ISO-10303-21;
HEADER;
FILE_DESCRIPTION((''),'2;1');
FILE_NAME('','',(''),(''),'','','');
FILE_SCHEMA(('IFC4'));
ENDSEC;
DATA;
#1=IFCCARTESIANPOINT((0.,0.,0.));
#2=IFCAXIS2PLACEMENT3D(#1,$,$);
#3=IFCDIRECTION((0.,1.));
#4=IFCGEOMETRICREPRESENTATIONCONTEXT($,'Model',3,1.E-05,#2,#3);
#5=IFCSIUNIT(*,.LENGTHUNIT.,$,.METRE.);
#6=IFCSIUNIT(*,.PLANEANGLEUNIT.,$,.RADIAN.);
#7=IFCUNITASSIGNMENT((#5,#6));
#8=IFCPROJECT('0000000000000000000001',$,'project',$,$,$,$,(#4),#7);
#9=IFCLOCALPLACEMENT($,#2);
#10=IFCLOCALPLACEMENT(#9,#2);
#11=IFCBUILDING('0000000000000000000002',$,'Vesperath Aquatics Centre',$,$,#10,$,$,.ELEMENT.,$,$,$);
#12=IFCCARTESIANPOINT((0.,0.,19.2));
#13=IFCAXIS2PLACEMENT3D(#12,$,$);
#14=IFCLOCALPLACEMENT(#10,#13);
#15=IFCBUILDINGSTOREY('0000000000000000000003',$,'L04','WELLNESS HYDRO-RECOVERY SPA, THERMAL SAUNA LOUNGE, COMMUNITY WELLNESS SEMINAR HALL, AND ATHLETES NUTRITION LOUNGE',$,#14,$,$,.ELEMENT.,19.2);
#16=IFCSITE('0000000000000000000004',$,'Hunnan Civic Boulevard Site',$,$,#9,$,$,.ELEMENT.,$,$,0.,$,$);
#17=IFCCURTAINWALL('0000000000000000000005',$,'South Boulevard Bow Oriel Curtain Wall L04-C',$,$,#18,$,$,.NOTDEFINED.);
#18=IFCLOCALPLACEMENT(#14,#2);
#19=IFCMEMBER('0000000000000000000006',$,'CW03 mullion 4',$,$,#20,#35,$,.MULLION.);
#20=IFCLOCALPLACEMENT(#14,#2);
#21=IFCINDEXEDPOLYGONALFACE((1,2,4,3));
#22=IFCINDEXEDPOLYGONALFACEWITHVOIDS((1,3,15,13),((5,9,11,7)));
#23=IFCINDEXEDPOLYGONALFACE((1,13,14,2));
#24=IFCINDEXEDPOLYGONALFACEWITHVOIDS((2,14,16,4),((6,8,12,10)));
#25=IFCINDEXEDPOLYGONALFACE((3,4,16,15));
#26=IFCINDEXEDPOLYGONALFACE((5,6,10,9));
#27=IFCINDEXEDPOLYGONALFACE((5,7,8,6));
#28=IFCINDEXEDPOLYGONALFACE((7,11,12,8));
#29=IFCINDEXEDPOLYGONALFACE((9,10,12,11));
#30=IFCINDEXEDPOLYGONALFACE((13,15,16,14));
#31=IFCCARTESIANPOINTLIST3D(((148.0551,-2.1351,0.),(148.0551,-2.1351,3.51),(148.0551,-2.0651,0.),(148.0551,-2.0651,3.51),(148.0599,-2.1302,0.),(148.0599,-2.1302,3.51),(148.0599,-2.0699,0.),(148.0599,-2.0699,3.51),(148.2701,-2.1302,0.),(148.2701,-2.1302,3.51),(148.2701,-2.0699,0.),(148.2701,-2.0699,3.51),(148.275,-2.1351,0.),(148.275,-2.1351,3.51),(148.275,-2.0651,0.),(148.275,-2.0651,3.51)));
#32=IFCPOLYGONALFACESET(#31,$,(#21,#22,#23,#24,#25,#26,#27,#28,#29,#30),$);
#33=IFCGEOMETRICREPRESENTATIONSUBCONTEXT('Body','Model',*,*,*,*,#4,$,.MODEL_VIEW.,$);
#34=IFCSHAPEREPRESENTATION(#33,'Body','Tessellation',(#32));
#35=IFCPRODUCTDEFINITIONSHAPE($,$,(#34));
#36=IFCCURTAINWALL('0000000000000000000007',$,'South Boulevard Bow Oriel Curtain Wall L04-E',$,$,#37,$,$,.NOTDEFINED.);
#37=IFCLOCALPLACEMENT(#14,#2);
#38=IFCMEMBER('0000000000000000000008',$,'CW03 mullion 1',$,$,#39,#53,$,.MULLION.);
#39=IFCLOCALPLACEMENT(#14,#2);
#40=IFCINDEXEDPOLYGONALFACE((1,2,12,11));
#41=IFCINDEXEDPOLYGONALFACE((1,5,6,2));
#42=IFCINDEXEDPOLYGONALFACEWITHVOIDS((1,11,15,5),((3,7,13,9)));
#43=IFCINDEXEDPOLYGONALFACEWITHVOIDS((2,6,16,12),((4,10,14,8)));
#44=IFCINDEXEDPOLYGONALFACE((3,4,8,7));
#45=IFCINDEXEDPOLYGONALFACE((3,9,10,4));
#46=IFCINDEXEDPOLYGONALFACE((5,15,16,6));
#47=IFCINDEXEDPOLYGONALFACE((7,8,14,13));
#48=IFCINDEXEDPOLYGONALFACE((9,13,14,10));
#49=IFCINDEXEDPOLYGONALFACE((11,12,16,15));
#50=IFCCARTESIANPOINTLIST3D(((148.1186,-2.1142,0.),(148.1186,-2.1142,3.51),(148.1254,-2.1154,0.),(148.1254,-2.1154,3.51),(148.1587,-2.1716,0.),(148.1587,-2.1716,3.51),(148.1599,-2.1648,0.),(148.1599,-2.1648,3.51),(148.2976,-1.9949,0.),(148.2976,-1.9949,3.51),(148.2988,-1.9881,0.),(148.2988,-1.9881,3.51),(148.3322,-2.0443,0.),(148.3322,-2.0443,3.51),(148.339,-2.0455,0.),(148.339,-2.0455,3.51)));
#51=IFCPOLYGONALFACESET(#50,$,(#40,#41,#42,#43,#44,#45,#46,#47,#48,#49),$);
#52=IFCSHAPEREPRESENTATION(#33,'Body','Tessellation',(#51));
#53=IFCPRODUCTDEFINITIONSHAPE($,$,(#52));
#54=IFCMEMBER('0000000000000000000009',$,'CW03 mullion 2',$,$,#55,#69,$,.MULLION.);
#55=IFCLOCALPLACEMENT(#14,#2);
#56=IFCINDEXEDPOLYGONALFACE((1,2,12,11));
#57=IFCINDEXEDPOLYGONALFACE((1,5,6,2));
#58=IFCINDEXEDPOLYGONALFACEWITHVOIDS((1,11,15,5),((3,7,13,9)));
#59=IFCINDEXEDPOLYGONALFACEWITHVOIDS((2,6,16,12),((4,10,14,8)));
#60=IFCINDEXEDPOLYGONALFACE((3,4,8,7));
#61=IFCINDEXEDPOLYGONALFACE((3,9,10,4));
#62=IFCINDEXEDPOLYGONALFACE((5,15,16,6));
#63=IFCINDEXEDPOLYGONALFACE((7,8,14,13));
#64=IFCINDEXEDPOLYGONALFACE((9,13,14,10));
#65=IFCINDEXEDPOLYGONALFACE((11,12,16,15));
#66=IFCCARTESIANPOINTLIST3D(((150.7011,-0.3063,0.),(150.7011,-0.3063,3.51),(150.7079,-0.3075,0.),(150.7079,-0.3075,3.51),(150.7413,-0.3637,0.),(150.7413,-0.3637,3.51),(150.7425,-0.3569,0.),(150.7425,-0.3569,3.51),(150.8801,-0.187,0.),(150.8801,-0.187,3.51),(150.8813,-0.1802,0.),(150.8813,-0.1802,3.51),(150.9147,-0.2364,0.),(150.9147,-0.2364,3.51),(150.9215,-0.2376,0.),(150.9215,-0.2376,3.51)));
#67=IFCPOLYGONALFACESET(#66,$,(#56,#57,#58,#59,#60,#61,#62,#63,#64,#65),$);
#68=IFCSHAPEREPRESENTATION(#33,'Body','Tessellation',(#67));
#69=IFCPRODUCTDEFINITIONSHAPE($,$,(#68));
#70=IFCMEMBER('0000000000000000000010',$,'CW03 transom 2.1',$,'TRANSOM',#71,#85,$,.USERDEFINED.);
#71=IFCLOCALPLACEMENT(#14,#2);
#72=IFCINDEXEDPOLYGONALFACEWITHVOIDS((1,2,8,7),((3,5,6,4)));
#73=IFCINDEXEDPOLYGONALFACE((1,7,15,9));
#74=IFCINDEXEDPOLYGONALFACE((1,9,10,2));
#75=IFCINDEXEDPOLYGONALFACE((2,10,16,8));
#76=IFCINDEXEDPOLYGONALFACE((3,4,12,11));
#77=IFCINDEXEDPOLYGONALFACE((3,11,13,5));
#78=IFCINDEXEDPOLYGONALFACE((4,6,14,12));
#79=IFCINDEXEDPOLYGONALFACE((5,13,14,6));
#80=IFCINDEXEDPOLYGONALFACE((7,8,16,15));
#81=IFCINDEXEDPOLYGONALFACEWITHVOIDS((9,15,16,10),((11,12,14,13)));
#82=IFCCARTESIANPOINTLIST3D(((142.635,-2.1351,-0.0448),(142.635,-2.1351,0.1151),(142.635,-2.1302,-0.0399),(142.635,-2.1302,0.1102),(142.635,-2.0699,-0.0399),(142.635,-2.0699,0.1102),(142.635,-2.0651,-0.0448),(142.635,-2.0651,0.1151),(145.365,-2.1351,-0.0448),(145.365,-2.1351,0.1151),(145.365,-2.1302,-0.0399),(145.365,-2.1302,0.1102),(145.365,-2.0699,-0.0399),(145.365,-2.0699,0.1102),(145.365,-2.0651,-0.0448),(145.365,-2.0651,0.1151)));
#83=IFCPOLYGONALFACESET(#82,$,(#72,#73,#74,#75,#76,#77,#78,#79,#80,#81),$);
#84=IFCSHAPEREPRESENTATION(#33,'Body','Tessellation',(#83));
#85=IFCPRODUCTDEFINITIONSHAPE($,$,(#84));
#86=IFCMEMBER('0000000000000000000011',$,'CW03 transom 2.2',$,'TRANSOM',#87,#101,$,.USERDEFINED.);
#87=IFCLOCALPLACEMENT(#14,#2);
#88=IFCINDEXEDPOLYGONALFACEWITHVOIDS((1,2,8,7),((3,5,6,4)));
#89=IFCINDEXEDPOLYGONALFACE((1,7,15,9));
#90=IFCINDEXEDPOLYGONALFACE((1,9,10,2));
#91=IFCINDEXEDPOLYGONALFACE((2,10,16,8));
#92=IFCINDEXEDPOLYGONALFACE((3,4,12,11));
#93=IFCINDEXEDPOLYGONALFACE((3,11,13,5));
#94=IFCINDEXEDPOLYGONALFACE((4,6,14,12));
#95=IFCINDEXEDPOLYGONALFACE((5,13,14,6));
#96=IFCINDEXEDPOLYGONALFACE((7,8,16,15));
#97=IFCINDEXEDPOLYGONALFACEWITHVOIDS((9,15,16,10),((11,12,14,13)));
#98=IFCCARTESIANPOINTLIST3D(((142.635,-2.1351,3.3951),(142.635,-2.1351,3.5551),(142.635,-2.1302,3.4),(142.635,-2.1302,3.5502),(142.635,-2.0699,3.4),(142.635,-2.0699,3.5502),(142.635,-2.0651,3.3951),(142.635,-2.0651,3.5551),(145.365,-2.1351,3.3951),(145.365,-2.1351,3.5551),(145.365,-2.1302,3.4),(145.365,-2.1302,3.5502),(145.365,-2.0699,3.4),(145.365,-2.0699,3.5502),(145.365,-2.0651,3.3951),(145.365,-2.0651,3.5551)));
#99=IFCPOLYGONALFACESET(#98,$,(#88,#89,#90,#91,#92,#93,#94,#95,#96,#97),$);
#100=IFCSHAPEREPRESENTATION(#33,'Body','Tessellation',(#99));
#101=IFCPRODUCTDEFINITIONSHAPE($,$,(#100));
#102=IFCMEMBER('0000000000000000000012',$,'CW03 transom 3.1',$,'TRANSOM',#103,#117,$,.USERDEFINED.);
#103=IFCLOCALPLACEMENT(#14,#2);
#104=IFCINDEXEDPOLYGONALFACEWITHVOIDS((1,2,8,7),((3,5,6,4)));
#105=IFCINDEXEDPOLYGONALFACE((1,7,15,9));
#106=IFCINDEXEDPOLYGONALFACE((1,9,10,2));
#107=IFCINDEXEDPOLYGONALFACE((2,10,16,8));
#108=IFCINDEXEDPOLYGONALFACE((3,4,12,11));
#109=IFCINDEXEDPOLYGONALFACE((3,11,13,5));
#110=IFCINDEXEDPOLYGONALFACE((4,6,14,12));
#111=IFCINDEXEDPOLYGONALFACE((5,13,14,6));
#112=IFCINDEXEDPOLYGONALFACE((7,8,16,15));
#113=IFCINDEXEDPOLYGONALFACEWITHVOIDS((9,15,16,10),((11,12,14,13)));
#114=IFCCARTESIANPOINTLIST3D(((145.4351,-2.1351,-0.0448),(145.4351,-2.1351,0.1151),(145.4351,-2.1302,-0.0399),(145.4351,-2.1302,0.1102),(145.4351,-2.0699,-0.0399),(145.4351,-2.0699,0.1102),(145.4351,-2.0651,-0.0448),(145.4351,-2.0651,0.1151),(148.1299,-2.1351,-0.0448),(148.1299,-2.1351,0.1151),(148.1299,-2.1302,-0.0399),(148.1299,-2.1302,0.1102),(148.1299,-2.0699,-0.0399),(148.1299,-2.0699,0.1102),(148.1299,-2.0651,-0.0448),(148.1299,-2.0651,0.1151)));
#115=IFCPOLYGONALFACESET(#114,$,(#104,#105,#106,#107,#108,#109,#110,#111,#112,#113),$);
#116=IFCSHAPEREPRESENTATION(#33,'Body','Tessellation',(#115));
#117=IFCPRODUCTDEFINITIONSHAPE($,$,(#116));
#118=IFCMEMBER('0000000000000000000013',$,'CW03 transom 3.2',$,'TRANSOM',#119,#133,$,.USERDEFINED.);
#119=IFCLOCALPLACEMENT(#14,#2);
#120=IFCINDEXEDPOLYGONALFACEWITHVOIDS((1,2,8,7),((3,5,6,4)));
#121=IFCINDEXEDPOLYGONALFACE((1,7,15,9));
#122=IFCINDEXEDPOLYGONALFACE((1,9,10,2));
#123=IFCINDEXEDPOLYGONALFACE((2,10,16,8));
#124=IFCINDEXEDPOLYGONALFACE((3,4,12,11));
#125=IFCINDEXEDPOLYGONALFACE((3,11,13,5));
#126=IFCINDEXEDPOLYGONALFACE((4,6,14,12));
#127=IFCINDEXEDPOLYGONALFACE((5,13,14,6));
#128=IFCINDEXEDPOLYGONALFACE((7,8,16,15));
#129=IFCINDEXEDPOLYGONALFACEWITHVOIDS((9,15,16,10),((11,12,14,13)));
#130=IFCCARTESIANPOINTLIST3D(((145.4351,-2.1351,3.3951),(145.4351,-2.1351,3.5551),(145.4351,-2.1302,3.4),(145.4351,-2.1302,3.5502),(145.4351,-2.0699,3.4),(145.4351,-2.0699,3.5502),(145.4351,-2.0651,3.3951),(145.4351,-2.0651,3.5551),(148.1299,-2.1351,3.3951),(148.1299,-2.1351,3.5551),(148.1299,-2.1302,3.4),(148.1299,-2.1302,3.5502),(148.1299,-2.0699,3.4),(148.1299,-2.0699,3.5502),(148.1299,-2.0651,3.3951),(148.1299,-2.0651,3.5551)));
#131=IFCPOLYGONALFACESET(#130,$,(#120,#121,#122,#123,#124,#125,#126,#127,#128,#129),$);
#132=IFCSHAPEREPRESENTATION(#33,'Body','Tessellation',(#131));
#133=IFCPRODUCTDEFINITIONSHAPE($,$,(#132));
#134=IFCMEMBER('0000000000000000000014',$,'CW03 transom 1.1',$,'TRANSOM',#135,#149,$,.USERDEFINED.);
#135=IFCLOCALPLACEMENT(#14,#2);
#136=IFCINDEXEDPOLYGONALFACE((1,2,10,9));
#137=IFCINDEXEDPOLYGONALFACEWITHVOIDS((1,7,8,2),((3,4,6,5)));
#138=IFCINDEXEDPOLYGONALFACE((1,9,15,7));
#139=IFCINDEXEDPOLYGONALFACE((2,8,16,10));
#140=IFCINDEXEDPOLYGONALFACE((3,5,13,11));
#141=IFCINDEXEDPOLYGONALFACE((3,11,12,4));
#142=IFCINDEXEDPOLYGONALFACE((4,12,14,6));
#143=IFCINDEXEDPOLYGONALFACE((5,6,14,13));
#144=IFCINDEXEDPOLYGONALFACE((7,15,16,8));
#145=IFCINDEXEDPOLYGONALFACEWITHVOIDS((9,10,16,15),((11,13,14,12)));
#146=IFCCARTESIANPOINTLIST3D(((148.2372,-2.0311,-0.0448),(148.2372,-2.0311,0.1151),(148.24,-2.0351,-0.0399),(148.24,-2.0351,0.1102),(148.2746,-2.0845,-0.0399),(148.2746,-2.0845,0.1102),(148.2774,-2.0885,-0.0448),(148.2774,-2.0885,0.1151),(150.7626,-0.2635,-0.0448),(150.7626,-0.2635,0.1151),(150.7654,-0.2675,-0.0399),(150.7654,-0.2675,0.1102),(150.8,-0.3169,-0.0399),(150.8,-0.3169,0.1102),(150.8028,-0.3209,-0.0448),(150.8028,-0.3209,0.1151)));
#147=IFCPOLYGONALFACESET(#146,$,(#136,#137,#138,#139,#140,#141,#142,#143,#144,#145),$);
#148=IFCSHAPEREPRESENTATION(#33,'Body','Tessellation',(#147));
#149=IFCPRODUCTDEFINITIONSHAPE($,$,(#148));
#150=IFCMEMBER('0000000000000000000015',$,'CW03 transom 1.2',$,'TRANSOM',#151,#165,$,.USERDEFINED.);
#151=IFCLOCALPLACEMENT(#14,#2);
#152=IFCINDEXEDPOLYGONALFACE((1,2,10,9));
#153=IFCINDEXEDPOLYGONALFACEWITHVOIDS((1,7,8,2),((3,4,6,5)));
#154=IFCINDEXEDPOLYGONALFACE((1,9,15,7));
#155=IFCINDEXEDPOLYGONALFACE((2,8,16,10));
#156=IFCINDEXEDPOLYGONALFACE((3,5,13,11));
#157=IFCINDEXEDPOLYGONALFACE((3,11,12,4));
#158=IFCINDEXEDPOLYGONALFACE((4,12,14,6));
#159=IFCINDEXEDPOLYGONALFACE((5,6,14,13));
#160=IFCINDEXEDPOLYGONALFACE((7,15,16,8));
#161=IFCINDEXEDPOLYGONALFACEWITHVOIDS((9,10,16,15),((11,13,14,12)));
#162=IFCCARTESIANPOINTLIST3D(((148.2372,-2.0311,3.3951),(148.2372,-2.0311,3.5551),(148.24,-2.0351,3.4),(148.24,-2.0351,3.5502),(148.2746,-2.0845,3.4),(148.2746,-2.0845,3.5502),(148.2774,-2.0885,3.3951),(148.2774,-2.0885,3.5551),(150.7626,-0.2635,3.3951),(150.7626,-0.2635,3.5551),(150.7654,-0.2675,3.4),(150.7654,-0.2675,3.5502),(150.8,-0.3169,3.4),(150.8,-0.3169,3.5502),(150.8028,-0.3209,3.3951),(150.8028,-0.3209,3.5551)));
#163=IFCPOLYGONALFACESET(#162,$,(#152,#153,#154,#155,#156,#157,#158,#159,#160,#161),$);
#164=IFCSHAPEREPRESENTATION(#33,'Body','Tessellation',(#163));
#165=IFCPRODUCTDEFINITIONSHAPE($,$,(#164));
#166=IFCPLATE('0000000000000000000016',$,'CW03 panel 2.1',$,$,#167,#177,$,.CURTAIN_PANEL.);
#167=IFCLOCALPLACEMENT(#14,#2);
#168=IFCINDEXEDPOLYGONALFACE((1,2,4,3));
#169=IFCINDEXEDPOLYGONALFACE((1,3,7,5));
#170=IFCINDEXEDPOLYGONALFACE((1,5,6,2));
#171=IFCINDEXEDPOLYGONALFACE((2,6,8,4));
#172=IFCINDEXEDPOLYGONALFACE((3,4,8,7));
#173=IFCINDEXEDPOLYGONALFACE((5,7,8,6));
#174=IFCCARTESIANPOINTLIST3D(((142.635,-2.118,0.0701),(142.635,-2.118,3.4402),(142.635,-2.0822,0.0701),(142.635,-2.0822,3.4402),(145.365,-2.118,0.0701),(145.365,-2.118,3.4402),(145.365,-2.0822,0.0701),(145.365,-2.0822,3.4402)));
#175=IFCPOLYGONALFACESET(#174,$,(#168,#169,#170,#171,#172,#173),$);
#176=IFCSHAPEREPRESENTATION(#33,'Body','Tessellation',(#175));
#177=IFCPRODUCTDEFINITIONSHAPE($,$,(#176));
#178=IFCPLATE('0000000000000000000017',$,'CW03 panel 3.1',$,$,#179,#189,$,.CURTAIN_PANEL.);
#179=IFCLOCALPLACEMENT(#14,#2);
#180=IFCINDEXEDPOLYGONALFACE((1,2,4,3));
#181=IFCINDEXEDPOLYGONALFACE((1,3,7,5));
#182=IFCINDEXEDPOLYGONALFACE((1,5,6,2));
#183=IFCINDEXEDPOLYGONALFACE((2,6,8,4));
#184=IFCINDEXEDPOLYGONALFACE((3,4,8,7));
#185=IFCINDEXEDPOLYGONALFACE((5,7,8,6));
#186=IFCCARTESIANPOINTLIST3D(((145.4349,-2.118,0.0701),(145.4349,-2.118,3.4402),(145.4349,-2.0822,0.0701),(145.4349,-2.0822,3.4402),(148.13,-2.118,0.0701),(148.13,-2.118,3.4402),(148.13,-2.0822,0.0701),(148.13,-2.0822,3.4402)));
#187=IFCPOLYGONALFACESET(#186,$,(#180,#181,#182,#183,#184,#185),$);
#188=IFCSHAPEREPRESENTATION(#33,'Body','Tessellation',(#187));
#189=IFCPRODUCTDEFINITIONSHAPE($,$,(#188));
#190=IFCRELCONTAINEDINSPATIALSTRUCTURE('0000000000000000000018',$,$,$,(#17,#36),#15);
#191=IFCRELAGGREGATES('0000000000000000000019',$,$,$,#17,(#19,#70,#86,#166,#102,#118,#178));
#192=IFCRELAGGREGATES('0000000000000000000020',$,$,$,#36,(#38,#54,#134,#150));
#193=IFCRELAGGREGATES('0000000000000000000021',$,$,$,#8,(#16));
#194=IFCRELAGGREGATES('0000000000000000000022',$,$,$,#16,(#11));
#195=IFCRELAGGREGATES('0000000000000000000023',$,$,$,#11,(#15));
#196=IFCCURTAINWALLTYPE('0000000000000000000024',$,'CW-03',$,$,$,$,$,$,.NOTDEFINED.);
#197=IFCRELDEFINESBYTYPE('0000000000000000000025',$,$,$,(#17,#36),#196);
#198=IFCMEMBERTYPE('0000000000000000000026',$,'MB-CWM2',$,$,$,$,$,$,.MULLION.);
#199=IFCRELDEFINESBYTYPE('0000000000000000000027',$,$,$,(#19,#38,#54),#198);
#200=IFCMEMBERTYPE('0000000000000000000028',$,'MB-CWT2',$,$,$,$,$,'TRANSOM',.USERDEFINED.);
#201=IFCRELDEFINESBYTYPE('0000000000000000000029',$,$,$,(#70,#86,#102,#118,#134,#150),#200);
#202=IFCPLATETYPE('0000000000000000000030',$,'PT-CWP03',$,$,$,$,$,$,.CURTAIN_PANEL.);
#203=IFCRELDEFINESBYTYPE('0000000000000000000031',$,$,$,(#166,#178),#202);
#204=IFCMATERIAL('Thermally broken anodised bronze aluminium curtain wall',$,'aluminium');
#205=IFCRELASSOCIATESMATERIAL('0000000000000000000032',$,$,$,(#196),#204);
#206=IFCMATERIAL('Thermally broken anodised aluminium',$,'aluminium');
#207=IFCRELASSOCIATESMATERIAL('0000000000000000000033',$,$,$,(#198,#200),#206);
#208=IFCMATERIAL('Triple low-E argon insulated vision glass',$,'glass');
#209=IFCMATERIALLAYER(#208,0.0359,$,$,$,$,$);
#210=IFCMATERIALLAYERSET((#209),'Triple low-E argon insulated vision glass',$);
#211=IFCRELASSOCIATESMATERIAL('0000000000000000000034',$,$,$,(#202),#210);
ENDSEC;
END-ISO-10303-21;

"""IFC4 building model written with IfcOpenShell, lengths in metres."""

from ifc_helpers import new_model, si_unit, direction, frame, origin, origin_2d, place, context, subcontext, project, spatial, rectangle, hollow_rectangle, extrude, material, layer, layer_set, material_profile, profile_set, type_object, element, aggregate, save


model = new_model("IFC4")

# Units and contexts
model_context = context("Model", 3, precision=1e-05, world=origin(), true_north=direction((0.0, 1.0)))
body_context = subcontext(model_context, "Body", "Model", "MODEL_VIEW")
ifc_project = project(units=[si_unit("LENGTHUNIT", "METRE"), si_unit("PLANEANGLEUNIT", "RADIAN")], contexts=[model_context])

# Site, building, storey
site_placement = place(None, origin())
site = spatial("IfcSite", under=ifc_project, at=site_placement, Name="Hunnan Civic Boulevard Site", CompositionType="ELEMENT", RefElevation=0.0)
building_placement = place(site_placement, origin())
building = spatial("IfcBuilding", under=site, at=building_placement, Name="Vesperath Aquatics Centre", CompositionType="ELEMENT")
storey_placement = place(building_placement, frame((0.0, 0.0, 19.2)))
storey = spatial("IfcBuildingStorey", under=building, at=storey_placement, Name="L04", Description="WELLNESS HYDRO-RECOVERY SPA, THERMAL SAUNA LOUNGE, COMMUNITY WELLNESS SEMINAR HALL, AND ATHLETES NUTRITION LOUNGE", CompositionType="ELEMENT", Elevation=19.2)

# Curtain walls, members
ifc_material_1 = material(Name="Thermally broken anodised bronze aluminium curtain wall", Category="aluminium")
curtain_wall_type = type_object("IfcCurtainWallType", Name="CW-03", PredefinedType="NOTDEFINED", material=ifc_material_1)
curtain_wall_1_placement = place(storey_placement, origin())
curtain_wall_1 = element("IfcCurtainWall", 1, at=curtain_wall_1_placement, inside=storey, type_object=curtain_wall_type, Name="South Boulevard Bow Oriel Curtain Wall L04-C", PredefinedType="NOTDEFINED")
ifc_material_2 = material(Name="Thermally broken anodised aluminium", Category="aluminium")
ifc_material_profile_1 = material_profile(ifc_material_2, hollow_rectangle(XDim=0.0701, YDim=0.22, WallThickness=0.0049, at=origin_2d()), Name="CWM 70x220x5")
ifc_profile_set_1 = profile_set([ifc_material_profile_1], Name="Thermally broken anodised aluminium")
member_type_1 = type_object("IfcMemberType", Name="MB-CWM2", PredefinedType="MULLION", material=ifc_profile_set_1)
member_1_placement = place(storey_placement, frame((148.165, -2.1001, 0.0), z_axis=(0.0, 0.0, 1.0), x_axis=(0.0, 1.0, 0.0)))
member_1 = element("IfcMember", 2, at=member_1_placement, type_object=member_type_1, Name="CW03 mullion 4", PredefinedType="MULLION", context=body_context, shape_type="SweptSolid", body=[
    extrude(hollow_rectangle(XDim=0.0701, YDim=0.22, WallThickness=0.0049, at=origin_2d()), origin(), (0.0, 0.0, 1.0), 3.51),
])
curtain_wall_2_placement = place(storey_placement, origin())
curtain_wall_2 = element("IfcCurtainWall", 3, at=curtain_wall_2_placement, inside=storey, type_object=curtain_wall_type, Name="South Boulevard Bow Oriel Curtain Wall L04-E", PredefinedType="NOTDEFINED")
member_2_placement = place(storey_placement, frame((148.2288, -2.0798, 0.0), z_axis=(0.0, 0.0, 1.0), x_axis=(-0.573462, 0.819232, 0.0)))
member_2 = element("IfcMember", 4, at=member_2_placement, type_object=member_type_1, Name="CW03 mullion 1", PredefinedType="MULLION", context=body_context, shape_type="SweptSolid", body=[
    extrude(hollow_rectangle(XDim=0.0701, YDim=0.22, WallThickness=0.0049, at=origin_2d()), origin(), (0.0, 0.0, 1.0), 3.51),
])
member_3_placement = place(storey_placement, frame((150.8113, -0.272, 0.0), z_axis=(0.0, 0.0, 1.0), x_axis=(-0.573462, 0.819232, 0.0)))
member_3 = element("IfcMember", 5, at=member_3_placement, type_object=member_type_1, Name="CW03 mullion 2", PredefinedType="MULLION", context=body_context, shape_type="SweptSolid", body=[
    extrude(hollow_rectangle(XDim=0.0701, YDim=0.22, WallThickness=0.0049, at=origin_2d()), origin(), (0.0, 0.0, 1.0), 3.51),
])

# Members
ifc_material_profile_2 = material_profile(ifc_material_2, hollow_rectangle(XDim=0.0701, YDim=0.1599, WallThickness=0.0049, at=origin_2d()), Name="CWT 70x160x5")
ifc_profile_set_2 = profile_set([ifc_material_profile_2], Name="Thermally broken anodised aluminium")
member_type_2 = type_object("IfcMemberType", Name="MB-CWT2", ElementType="TRANSOM", PredefinedType="USERDEFINED", material=ifc_profile_set_2)
member_4_placement = place(storey_placement, frame((142.635, -2.1001, 0.0352), z_axis=(1.0, 0.0, 0.0), x_axis=(0.0, 1.0, 0.0)))
member_4 = element("IfcMember", 6, at=member_4_placement, type_object=member_type_2, Name="CW03 transom 2.1", ObjectType="TRANSOM", PredefinedType="USERDEFINED", context=body_context, shape_type="SweptSolid", body=[
    extrude(hollow_rectangle(XDim=0.0701, YDim=0.1599, WallThickness=0.0049, at=origin_2d()), origin(), (0.0, 0.0, 1.0), 2.73),
])
member_5_placement = place(storey_placement, frame((142.635, -2.1001, 3.4751), z_axis=(1.0, 0.0, 0.0), x_axis=(0.0, 1.0, 0.0)))
member_5 = element("IfcMember", 7, at=member_5_placement, type_object=member_type_2, Name="CW03 transom 2.2", ObjectType="TRANSOM", PredefinedType="USERDEFINED", context=body_context, shape_type="SweptSolid", body=[
    extrude(hollow_rectangle(XDim=0.0701, YDim=0.1599, WallThickness=0.0049, at=origin_2d()), origin(), (0.0, 0.0, 1.0), 2.73),
])
member_6_placement = place(storey_placement, frame((145.4351, -2.1001, 0.0352), z_axis=(1.0, 0.0, 0.0), x_axis=(0.0, 1.0, 0.0)))
member_6 = element("IfcMember", 8, at=member_6_placement, type_object=member_type_2, Name="CW03 transom 3.1", ObjectType="TRANSOM", PredefinedType="USERDEFINED", context=body_context, shape_type="SweptSolid", body=[
    extrude(hollow_rectangle(XDim=0.0701, YDim=0.1599, WallThickness=0.0049, at=origin_2d()), origin(), (0.0, 0.0, 1.0), 2.6948),
])
member_7_placement = place(storey_placement, frame((145.4351, -2.1001, 3.4751), z_axis=(1.0, 0.0, 0.0), x_axis=(0.0, 1.0, 0.0)))
member_7 = element("IfcMember", 9, at=member_7_placement, type_object=member_type_2, Name="CW03 transom 3.2", ObjectType="TRANSOM", PredefinedType="USERDEFINED", context=body_context, shape_type="SweptSolid", body=[
    extrude(hollow_rectangle(XDim=0.0701, YDim=0.1599, WallThickness=0.0049, at=origin_2d()), origin(), (0.0, 0.0, 1.0), 2.6948),
])
member_8_placement = place(storey_placement, frame((148.2573, -2.0598, 0.0352), z_axis=(0.819262, 0.57342, 0.0), x_axis=(-0.57342, 0.819262, 0.0)))
member_8 = element("IfcMember", 10, at=member_8_placement, type_object=member_type_2, Name="CW03 transom 1.1", ObjectType="TRANSOM", PredefinedType="USERDEFINED", context=body_context, shape_type="SweptSolid", body=[
    extrude(hollow_rectangle(XDim=0.0701, YDim=0.1599, WallThickness=0.0049, at=origin_2d()), origin(), (0.0, 0.0, 1.0), 3.0825),
])
member_9_placement = place(storey_placement, frame((148.2573, -2.0598, 3.4751), z_axis=(0.819262, 0.57342, 0.0), x_axis=(-0.57342, 0.819262, 0.0)))
member_9 = element("IfcMember", 11, at=member_9_placement, type_object=member_type_2, Name="CW03 transom 1.2", ObjectType="TRANSOM", PredefinedType="USERDEFINED", context=body_context, shape_type="SweptSolid", body=[
    extrude(hollow_rectangle(XDim=0.0701, YDim=0.1599, WallThickness=0.0049, at=origin_2d()), origin(), (0.0, 0.0, 1.0), 3.0825),
])

# Plates
ifc_material_3 = material(Name="Triple low-E argon insulated vision glass", Category="glass")
ifc_layer_1 = layer(ifc_material_3, 0.0359)
ifc_layer_set_1 = layer_set([ifc_layer_1], Name="Triple low-E argon insulated vision glass")
plate_type = type_object("IfcPlateType", Name="PT-CWP03", PredefinedType="CURTAIN_PANEL", material=ifc_layer_set_1)
plate_1_placement = place(storey_placement, frame((144.0, -2.1001, 0.0701), z_axis=(0.0, 0.0, 1.0), x_axis=(1.0, 0.0, 0.0)))
plate_1 = element("IfcPlate", 12, at=plate_1_placement, type_object=plate_type, Name="CW03 panel 2.1", PredefinedType="CURTAIN_PANEL", context=body_context, shape_type="SweptSolid", body=[
    extrude(rectangle(XDim=2.73, YDim=0.0359, at=origin_2d()), origin(), (0.0, 0.0, 1.0), 3.3701),
])
plate_2_placement = place(storey_placement, frame((146.7825, -2.1001, 0.0701), z_axis=(0.0, 0.0, 1.0), x_axis=(1.0, 0.0, 0.0)))
plate_2 = element("IfcPlate", 13, at=plate_2_placement, type_object=plate_type, Name="CW03 panel 3.1", PredefinedType="CURTAIN_PANEL", context=body_context, shape_type="SweptSolid", body=[
    extrude(rectangle(XDim=2.6951, YDim=0.0359, at=origin_2d()), origin(), (0.0, 0.0, 1.0), 3.3701),
])
aggregate(curtain_wall_1, [member_1, member_4, member_5, plate_1, member_6, member_7, plate_2])
aggregate(curtain_wall_2, [member_2, member_3, member_8, member_9])

save(model, "model.ifc")
